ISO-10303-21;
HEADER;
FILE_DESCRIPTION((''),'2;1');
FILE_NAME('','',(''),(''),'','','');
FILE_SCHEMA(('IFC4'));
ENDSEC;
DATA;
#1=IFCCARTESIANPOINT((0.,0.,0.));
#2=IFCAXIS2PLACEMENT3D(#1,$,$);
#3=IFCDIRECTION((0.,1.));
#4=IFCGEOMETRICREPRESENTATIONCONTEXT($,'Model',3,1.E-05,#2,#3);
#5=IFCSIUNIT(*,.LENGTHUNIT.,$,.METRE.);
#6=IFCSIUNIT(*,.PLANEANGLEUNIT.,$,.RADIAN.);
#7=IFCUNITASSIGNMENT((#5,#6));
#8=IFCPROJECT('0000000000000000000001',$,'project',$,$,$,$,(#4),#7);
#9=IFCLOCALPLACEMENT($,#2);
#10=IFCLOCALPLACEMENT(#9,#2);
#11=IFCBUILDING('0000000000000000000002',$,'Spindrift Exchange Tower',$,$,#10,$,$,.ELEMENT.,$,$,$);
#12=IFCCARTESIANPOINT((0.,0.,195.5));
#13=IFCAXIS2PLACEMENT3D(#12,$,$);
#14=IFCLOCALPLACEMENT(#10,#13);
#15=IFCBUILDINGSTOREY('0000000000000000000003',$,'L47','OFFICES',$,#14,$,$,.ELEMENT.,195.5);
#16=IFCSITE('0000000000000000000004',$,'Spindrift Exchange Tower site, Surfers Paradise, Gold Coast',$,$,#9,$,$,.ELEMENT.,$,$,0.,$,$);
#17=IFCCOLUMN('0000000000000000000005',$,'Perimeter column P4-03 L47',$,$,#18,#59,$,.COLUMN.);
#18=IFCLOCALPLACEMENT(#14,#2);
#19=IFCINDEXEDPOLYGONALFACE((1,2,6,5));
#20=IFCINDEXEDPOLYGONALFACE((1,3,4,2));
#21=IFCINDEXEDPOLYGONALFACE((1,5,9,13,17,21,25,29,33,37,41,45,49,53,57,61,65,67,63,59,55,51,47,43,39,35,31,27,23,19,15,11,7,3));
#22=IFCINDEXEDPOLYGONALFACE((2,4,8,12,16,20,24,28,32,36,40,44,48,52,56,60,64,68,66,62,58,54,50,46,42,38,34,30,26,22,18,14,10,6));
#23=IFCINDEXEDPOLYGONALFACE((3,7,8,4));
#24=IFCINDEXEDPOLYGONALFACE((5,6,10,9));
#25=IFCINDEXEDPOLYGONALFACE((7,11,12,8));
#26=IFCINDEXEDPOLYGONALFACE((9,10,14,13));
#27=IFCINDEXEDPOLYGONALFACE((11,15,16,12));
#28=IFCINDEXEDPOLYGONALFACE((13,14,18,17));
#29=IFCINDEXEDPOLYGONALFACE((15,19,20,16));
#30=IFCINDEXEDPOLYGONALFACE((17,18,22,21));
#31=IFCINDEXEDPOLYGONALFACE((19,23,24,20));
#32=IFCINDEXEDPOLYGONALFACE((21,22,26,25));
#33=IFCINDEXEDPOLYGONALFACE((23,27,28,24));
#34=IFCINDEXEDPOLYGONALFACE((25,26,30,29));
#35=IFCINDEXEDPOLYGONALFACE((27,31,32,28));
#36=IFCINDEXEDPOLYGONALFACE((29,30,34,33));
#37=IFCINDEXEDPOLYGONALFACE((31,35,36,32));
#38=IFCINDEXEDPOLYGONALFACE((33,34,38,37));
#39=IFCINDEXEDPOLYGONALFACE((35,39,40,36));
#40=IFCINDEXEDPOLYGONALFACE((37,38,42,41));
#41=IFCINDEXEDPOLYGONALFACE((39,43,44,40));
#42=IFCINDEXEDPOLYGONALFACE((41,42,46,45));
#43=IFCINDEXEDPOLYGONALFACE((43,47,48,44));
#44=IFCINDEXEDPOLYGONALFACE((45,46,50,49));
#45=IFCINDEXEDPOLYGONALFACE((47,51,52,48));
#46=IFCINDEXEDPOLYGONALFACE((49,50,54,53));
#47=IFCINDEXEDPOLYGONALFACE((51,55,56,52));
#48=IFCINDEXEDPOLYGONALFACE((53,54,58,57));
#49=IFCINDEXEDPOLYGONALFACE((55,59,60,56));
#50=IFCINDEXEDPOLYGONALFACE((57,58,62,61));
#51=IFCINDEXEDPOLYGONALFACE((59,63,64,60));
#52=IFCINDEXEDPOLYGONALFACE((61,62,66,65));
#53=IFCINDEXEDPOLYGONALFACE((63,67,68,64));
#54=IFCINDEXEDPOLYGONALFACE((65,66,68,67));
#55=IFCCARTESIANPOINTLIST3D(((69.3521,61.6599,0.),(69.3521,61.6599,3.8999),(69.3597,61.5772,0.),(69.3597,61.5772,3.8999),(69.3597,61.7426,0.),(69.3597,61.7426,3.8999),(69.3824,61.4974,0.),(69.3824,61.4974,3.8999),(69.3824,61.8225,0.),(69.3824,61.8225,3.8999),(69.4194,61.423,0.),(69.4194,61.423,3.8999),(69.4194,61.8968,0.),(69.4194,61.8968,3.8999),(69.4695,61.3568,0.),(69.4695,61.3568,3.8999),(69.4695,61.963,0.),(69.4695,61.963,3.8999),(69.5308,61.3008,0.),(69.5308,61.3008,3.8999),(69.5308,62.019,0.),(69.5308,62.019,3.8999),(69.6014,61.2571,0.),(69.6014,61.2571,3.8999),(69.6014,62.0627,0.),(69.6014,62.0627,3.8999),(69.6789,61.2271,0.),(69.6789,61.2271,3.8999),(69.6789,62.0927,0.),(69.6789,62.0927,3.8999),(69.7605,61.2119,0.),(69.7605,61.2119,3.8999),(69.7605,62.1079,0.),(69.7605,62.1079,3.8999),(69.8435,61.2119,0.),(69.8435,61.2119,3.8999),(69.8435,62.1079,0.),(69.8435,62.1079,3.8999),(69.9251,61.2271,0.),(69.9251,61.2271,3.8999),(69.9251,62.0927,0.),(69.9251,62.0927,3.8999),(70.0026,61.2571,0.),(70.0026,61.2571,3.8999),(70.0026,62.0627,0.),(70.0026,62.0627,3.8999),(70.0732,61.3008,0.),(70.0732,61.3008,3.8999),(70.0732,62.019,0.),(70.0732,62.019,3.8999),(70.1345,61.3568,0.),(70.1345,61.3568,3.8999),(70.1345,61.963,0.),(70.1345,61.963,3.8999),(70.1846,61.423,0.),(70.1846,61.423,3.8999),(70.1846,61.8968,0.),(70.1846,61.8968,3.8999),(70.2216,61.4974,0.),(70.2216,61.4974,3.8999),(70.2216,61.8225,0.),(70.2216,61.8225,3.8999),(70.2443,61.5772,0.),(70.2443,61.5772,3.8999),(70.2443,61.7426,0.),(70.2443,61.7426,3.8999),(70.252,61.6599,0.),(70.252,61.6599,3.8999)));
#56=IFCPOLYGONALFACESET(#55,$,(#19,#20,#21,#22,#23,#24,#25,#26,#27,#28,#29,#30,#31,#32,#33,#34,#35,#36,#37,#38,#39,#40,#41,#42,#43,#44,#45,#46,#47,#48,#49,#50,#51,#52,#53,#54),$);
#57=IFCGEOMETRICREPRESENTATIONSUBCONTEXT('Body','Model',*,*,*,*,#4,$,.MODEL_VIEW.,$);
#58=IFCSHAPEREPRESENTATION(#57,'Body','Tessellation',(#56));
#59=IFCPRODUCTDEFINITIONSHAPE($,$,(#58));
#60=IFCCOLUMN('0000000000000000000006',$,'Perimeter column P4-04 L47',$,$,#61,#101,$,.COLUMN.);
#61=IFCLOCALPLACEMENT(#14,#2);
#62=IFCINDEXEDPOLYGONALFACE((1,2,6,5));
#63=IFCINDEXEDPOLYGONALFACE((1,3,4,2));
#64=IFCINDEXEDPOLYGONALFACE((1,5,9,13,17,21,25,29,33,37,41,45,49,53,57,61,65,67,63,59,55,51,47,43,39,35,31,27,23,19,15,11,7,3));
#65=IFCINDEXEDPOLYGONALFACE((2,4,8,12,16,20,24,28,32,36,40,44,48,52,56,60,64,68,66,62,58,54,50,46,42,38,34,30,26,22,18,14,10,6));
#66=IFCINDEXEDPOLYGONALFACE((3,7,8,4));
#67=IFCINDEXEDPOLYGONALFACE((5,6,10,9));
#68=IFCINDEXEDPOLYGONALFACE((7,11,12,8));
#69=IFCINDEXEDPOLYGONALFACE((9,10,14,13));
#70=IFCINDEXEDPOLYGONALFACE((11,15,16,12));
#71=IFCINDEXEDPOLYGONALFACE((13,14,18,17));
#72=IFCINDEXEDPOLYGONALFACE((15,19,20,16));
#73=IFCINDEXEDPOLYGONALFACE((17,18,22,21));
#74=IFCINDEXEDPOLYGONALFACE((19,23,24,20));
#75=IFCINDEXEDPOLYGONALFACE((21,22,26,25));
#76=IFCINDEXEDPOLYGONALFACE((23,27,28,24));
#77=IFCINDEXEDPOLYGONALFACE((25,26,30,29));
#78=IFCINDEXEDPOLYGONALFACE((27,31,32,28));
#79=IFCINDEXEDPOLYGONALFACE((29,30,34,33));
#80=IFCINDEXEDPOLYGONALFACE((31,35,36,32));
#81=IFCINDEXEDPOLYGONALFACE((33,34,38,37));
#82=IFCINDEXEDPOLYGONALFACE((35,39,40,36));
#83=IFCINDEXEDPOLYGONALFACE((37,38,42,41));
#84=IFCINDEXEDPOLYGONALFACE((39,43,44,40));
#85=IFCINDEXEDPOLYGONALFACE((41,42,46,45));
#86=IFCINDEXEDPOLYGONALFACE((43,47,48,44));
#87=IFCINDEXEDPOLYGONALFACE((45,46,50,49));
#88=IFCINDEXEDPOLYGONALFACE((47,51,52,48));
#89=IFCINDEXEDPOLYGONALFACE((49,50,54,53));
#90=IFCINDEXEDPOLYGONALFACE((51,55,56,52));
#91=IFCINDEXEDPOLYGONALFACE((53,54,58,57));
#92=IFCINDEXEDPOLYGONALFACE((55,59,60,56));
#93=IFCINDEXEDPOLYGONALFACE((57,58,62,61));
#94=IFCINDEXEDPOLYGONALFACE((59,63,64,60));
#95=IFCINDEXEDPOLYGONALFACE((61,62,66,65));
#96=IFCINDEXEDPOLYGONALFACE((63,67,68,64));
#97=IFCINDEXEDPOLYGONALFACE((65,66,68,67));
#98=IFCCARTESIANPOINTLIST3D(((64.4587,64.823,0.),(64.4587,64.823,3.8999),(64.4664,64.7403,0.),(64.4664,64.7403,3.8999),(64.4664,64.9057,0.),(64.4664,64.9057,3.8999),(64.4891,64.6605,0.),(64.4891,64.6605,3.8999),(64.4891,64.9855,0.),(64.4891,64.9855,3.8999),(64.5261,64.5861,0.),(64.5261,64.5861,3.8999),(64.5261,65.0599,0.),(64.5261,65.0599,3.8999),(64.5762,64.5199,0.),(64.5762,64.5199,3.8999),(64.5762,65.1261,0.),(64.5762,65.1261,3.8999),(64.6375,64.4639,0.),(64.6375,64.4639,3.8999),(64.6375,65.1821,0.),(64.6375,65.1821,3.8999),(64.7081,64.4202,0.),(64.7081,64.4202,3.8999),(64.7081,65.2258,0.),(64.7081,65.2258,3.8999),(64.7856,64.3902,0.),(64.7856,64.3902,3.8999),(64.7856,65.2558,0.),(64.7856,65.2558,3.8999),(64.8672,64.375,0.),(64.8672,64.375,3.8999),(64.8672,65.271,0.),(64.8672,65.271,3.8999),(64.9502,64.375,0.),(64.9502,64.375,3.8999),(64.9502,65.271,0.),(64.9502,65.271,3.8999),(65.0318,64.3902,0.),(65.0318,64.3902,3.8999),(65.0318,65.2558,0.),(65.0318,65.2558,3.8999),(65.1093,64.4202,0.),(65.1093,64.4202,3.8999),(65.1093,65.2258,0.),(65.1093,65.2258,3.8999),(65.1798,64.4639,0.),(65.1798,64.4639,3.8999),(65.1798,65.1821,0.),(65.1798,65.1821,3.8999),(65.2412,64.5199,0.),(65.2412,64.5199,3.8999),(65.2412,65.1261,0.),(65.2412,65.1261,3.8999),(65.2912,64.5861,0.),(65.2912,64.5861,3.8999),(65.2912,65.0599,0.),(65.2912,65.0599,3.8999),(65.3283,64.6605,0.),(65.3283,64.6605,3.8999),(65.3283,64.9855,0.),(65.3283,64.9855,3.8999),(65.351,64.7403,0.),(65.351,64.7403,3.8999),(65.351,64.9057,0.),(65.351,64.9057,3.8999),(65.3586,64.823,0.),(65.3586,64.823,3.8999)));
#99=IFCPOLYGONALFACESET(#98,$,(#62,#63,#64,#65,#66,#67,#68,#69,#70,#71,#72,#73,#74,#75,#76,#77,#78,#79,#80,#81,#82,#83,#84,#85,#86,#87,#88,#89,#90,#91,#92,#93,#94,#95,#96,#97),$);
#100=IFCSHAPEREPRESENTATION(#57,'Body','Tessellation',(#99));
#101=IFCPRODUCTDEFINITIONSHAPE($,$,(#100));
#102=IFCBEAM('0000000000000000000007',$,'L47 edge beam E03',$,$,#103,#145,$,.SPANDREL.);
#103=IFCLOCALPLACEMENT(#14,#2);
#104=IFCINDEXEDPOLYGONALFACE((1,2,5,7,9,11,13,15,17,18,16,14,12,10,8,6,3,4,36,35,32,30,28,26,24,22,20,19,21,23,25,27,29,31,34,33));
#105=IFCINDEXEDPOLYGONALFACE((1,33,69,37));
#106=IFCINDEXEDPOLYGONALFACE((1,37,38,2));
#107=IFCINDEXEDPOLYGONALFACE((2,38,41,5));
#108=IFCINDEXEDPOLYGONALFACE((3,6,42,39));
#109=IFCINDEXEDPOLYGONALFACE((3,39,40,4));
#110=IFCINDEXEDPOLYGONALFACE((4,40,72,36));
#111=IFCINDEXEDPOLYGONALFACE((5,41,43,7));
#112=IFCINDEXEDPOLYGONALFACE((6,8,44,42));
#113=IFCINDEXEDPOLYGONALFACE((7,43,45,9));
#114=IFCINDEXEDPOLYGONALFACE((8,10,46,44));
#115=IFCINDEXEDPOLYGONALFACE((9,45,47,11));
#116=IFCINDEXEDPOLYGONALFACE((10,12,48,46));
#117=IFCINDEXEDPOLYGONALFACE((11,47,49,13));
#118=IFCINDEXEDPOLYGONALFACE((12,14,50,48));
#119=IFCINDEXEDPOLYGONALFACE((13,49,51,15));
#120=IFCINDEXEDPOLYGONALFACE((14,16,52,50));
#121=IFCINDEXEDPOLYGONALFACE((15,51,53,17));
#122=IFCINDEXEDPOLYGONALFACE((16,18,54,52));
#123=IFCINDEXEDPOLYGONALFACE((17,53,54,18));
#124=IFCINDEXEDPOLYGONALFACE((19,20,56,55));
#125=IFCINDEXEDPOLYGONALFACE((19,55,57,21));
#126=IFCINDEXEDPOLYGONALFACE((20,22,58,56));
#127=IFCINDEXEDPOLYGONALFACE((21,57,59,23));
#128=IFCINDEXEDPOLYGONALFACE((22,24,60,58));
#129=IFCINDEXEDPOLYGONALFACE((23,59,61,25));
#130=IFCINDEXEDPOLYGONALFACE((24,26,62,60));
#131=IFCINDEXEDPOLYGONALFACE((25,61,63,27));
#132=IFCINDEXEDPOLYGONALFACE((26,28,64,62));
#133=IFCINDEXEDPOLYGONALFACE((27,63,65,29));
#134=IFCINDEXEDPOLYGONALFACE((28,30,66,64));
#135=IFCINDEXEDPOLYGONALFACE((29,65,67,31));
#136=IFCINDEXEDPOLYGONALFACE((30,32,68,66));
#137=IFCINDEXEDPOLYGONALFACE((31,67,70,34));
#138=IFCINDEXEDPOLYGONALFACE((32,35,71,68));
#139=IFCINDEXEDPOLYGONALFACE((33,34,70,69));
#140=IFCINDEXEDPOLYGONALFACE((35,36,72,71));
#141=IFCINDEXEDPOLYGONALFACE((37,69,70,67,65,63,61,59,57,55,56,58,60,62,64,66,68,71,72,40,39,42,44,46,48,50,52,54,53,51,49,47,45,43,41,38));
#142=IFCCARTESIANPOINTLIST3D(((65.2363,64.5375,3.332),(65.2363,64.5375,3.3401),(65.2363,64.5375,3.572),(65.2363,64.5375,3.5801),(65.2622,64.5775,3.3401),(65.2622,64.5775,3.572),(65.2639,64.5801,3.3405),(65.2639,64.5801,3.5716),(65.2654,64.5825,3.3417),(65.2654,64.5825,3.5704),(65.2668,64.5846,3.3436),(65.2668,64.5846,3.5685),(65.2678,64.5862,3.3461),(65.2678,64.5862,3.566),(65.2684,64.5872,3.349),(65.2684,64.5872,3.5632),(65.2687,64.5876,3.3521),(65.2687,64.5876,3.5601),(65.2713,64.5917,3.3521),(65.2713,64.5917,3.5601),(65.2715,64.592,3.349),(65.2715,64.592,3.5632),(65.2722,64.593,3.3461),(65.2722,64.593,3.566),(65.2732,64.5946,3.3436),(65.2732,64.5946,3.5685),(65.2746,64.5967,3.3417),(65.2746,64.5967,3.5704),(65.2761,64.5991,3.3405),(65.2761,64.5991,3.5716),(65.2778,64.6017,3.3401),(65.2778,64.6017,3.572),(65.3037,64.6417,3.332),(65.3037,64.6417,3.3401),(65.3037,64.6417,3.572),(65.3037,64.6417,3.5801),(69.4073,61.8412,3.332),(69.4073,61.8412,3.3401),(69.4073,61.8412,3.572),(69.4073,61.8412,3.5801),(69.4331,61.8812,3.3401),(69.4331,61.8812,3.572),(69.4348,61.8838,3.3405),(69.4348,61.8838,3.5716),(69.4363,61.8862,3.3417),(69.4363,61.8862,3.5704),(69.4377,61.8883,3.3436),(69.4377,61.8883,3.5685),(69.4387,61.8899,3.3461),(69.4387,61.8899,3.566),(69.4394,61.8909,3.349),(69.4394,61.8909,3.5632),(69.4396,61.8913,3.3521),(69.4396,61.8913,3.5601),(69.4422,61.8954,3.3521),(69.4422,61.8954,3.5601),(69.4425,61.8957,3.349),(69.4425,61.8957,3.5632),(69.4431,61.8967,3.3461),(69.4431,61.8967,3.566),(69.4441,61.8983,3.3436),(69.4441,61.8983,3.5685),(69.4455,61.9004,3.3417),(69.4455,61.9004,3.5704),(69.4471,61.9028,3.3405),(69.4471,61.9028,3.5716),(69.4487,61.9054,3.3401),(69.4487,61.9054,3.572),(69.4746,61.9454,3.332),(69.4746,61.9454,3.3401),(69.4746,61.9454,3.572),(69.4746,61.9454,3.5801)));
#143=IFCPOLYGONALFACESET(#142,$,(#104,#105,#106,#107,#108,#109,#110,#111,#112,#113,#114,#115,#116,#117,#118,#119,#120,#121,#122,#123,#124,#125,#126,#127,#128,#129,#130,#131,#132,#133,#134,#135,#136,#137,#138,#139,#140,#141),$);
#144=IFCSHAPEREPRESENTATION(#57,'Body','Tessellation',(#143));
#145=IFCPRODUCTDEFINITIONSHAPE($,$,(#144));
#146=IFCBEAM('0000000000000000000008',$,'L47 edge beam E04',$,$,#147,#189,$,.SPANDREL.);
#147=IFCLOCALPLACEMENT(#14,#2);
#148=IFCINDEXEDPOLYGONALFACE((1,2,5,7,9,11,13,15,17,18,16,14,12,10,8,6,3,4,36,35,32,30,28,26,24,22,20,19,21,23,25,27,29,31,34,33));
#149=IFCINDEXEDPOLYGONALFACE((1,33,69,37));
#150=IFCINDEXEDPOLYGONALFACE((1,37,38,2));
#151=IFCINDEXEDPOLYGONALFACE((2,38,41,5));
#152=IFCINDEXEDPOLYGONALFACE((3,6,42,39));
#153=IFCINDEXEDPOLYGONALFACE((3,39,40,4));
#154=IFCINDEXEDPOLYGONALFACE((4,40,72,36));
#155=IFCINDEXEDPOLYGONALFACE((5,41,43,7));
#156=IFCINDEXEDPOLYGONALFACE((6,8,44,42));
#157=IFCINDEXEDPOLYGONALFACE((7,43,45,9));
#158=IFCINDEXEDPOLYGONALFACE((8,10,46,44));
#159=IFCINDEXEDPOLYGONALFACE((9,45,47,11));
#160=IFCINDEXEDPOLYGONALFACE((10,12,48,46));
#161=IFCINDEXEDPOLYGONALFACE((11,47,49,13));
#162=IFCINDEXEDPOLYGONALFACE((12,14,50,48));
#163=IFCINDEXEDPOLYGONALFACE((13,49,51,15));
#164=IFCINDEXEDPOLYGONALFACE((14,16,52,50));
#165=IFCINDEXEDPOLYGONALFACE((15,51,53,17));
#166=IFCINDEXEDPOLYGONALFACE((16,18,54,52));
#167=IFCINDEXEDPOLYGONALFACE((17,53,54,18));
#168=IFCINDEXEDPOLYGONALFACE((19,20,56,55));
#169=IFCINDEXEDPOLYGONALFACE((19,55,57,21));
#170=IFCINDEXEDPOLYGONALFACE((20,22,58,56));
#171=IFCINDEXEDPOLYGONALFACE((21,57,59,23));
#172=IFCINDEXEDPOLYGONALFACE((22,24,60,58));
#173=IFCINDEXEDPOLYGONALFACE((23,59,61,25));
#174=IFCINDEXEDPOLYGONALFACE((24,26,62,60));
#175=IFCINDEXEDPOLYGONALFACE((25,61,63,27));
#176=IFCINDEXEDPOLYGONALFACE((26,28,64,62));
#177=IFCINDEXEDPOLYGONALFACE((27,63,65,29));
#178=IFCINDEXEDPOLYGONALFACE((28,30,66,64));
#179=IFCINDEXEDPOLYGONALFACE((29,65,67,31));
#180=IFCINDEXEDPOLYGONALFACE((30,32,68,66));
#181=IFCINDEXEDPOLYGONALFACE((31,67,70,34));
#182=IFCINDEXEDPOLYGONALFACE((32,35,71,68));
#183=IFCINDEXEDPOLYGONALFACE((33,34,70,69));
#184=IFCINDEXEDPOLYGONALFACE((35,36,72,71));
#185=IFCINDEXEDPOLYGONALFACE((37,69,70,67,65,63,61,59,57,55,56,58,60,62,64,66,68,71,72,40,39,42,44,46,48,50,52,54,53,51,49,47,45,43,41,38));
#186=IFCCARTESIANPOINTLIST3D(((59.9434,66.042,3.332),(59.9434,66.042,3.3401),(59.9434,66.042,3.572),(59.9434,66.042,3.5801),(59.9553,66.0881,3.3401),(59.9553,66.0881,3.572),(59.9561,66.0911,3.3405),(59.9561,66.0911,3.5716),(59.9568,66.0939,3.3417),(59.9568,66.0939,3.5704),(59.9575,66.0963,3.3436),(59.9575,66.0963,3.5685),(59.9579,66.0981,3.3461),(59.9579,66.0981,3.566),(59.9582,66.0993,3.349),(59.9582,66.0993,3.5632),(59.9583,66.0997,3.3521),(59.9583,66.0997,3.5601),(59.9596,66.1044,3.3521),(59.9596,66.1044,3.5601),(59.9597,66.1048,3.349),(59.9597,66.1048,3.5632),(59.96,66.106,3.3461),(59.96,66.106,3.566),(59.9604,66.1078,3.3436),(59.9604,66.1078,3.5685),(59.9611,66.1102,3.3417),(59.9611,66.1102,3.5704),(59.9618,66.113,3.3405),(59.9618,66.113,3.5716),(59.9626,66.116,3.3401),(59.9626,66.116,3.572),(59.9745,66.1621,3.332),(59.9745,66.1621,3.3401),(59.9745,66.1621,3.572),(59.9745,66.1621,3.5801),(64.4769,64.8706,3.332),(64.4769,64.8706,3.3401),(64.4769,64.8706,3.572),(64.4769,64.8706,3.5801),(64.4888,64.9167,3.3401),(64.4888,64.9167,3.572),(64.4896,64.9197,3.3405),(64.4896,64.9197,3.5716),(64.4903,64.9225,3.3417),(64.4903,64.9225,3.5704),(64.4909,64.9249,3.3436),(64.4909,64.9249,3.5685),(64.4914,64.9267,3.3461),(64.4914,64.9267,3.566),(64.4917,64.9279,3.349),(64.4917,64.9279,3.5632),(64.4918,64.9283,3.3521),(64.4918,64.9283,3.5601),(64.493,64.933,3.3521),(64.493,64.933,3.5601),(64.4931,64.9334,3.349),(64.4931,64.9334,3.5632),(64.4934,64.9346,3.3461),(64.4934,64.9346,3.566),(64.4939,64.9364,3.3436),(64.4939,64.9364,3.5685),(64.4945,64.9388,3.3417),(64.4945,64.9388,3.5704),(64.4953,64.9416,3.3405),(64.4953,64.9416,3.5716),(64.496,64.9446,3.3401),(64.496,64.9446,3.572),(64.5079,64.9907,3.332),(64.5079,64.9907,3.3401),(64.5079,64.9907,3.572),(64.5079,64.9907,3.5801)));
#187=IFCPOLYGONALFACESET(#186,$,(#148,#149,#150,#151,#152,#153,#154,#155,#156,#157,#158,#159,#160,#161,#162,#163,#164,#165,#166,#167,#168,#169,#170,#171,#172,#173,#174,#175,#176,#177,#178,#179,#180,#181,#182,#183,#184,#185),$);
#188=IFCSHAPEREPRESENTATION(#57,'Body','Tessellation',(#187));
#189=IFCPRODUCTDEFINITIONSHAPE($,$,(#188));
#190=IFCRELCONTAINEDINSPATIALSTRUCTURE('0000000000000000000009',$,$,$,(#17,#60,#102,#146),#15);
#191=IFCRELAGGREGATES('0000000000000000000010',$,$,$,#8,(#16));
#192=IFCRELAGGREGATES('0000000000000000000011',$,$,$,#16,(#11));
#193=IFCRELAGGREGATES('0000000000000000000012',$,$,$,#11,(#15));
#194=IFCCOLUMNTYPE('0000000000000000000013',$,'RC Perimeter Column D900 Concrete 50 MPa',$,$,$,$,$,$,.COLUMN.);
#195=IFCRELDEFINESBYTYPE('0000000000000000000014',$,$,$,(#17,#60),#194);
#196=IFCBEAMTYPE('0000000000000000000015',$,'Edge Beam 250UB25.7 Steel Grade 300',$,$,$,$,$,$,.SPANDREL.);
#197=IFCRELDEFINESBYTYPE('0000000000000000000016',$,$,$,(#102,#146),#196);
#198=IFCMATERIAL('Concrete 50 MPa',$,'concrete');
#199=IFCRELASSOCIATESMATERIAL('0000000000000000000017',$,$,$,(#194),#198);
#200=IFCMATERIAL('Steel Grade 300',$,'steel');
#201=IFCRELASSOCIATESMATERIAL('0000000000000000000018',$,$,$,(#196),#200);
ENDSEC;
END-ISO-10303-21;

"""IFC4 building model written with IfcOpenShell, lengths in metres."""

from ifc_helpers import new_model, si_unit, direction, frame, origin, origin_2d, place, context, subcontext, project, spatial, circle, i_section, extrude, source, transform, mapped, material, material_profile, profile_set, type_object, element, save


model = new_model("IFC4")

# Units and contexts
model_context = context("Model", 3, precision=1e-05, world=origin(), true_north=direction((0.0, 1.0)))
body_context = subcontext(model_context, "Body", "Model", "MODEL_VIEW")
ifc_project = project(units=[si_unit("LENGTHUNIT", "METRE"), si_unit("PLANEANGLEUNIT", "RADIAN")], contexts=[model_context])

# Site, building, storey
site_placement = place(None, origin())
site = spatial("IfcSite", under=ifc_project, at=site_placement, Name="Spindrift Exchange Tower site, Surfers Paradise, Gold Coast", CompositionType="ELEMENT", RefElevation=0.0)
building_placement = place(site_placement, origin())
building = spatial("IfcBuilding", under=site, at=building_placement, Name="Spindrift Exchange Tower", CompositionType="ELEMENT")
storey_placement = place(building_placement, frame((0.0, 0.0, 195.5)))
storey = spatial("IfcBuildingStorey", under=building, at=storey_placement, Name="L47", Description="OFFICES", CompositionType="ELEMENT", Elevation=195.5)

# Columns
ifc_material_1 = material(Name="Concrete 50 MPa", Category="concrete")
ifc_material_profile_1 = material_profile(ifc_material_1, circle(Radius=0.45, at=origin_2d()), Name="RC D900")
ifc_profile_set_1 = profile_set([ifc_material_profile_1], Name="Concrete 50 MPa")
column_type = type_object("IfcColumnType", Name="RC Perimeter Column D900 Concrete 50 MPa", PredefinedType="COLUMN", material=ifc_profile_set_1)
shared_shape_1 = source(origin(), body_context, "Body", "SweptSolid", [
    extrude(circle(Radius=0.45, at=origin_2d()), origin(), (0.0, 0.0, 1.0), 3.8999),
])
for number, where, z_axis, x_axis, name in (
    (1, (69.802, 61.6599, 0.0), (0.0, 0.0, 1.0), (1.0, 0.0, 0.0), "Perimeter column P4-03 L47"),
    (2, (64.9087, 64.823, 0.0), (0.0, 0.0, 1.0), (1.0, 0.0, 0.0), "Perimeter column P4-04 L47"),
):
    element("IfcColumn", number, at=place(storey_placement, frame(where, z_axis=z_axis, x_axis=x_axis)), inside=storey, type_object=column_type, Name=name, PredefinedType="COLUMN", context=body_context, shape_type="MappedRepresentation", body=[
        mapped(shared_shape_1, transform((0.0, 0.0, 0.0), scale=1.0)),
    ])

# Beams
ifc_material_2 = material(Name="Steel Grade 300", Category="steel")
ifc_material_profile_2 = material_profile(ifc_material_2, i_section(OverallWidth=0.124, OverallDepth=0.248, WebThickness=0.0049, FlangeThickness=0.0081, FilletRadius=0.012, at=origin_2d()), Name="250UB25.7")
ifc_profile_set_2 = profile_set([ifc_material_profile_2], Name="Steel Grade 300")
beam_type_1 = type_object("IfcBeamType", Name="Edge Beam 250UB25.7 Steel Grade 300", PredefinedType="SPANDREL", material=ifc_profile_set_2)
shared_shape_2 = source(origin(), body_context, "Body", "SweptSolid", [
    extrude(i_section(OverallWidth=0.124, OverallDepth=0.248, WebThickness=0.0049, FlangeThickness=0.0081, FilletRadius=0.012, at=origin_2d()), origin(), (0.0, 0.0, 1.0), 4.9666),
])
beam_1_placement = place(storey_placement, frame((69.4409, 61.8933, 3.4561), z_axis=(-0.839802, 0.542893, 0.0), x_axis=(-0.542893, -0.839802, 0.0)))
element("IfcBeam", 3, at=beam_1_placement, inside=storey, type_object=beam_type_1, Name="L47 edge beam E03", PredefinedType="SPANDREL", context=body_context, shape_type="MappedRepresentation", body=[
    mapped(shared_shape_2, transform((0.0, 0.0, 0.0), scale=1.0)),
])
shared_shape_3 = source(origin(), body_context, "Body", "SweptSolid", [
    extrude(i_section(OverallWidth=0.124, OverallDepth=0.248, WebThickness=0.0049, FlangeThickness=0.0081, FilletRadius=0.012, at=origin_2d()), origin(), (0.0, 0.0, 1.0), 4.6824),
])
beam_2_placement = place(storey_placement, frame((64.4924, 64.9307, 3.4561), z_axis=(-0.968202, 0.250171, 0.0), x_axis=(-0.250171, -0.968202, 0.0)))
element("IfcBeam", 4, at=beam_2_placement, inside=storey, type_object=beam_type_1, Name="L47 edge beam E04", PredefinedType="SPANDREL", context=body_context, shape_type="MappedRepresentation", body=[
    mapped(shared_shape_3, transform((0.0, 0.0, 0.0), scale=1.0)),
])

save(model, "model.ifc")
